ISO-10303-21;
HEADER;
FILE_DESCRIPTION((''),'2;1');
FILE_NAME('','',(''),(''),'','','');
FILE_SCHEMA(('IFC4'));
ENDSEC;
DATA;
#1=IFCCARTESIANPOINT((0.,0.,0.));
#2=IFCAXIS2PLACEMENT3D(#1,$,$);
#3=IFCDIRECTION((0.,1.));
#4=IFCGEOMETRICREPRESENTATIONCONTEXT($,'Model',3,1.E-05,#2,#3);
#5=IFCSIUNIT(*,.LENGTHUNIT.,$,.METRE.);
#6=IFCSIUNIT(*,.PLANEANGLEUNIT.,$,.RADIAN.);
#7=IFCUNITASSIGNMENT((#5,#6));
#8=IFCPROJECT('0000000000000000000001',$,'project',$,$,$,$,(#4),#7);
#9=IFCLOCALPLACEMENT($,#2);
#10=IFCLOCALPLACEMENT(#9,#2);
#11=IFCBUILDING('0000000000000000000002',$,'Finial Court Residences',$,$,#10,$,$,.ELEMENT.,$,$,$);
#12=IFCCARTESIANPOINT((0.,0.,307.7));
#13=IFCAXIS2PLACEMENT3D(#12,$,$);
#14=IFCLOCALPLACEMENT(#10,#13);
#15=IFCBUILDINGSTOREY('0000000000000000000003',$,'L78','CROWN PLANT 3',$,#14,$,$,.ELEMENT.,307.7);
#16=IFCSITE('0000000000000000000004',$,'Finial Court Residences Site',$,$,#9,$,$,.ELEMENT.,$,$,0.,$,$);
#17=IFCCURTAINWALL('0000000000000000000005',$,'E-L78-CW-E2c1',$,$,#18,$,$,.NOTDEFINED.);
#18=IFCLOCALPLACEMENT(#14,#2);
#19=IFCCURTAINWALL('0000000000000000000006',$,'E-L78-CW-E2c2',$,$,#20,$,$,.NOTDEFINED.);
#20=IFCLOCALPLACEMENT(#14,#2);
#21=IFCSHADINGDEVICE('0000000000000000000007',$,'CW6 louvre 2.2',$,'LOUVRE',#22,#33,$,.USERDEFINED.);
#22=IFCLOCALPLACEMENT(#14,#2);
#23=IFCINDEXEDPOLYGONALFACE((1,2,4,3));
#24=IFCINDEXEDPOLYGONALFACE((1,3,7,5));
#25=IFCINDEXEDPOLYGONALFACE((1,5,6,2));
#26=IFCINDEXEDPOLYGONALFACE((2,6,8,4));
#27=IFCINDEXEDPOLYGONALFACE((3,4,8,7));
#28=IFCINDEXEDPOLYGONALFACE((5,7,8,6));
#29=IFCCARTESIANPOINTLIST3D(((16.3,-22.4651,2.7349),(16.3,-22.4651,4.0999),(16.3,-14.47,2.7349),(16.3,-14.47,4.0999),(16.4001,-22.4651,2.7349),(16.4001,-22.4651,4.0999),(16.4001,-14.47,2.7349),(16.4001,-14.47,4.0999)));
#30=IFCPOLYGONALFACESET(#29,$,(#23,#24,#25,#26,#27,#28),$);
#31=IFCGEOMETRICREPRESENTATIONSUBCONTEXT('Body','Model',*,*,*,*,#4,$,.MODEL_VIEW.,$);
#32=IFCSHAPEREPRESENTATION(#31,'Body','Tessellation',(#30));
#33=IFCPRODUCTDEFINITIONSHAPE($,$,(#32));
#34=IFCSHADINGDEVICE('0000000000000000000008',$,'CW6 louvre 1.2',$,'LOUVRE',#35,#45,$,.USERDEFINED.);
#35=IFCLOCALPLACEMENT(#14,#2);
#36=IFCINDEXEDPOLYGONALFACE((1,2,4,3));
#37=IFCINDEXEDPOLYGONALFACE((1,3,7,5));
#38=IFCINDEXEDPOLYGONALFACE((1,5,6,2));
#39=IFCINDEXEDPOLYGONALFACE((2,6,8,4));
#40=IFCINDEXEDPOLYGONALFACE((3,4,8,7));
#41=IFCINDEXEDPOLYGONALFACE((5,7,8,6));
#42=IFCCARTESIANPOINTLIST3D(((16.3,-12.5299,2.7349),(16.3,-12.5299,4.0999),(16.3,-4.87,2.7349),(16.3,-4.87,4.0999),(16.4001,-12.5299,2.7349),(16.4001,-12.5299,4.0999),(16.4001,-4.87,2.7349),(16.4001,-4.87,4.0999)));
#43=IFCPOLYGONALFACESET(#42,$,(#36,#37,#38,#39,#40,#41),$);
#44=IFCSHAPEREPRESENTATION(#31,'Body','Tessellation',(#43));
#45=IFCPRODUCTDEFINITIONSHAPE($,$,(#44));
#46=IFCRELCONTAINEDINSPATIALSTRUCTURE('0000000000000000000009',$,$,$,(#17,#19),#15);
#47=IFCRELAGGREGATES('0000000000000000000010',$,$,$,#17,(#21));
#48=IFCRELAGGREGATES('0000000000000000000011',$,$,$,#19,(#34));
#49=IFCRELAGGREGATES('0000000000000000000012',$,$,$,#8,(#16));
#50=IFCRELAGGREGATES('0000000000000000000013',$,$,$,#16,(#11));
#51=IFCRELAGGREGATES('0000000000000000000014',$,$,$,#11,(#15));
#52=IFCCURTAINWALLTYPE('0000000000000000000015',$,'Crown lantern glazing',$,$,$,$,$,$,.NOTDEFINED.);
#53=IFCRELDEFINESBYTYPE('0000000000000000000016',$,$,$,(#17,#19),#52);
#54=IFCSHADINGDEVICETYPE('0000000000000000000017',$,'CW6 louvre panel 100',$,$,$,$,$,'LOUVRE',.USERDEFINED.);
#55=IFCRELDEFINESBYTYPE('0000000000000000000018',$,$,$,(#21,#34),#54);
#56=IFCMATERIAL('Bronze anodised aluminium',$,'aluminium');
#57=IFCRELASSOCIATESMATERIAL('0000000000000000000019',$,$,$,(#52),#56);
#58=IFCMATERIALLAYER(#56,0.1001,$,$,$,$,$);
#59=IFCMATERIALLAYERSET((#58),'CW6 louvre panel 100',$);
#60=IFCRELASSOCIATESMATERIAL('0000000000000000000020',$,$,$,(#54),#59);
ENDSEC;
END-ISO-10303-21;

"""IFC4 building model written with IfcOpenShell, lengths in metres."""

from ifc_helpers import new_model, si_unit, direction, frame, origin, origin_2d, place, context, subcontext, project, spatial, rectangle, extrude, material, layer, layer_set, type_object, element, aggregate, save


model = new_model("IFC4")

# Units and contexts
model_context = context("Model", 3, precision=1e-05, world=origin(), true_north=direction((0.0, 1.0)))
body_context = subcontext(model_context, "Body", "Model", "MODEL_VIEW")
ifc_project = project(units=[si_unit("LENGTHUNIT", "METRE"), si_unit("PLANEANGLEUNIT", "RADIAN")], contexts=[model_context])

# Site, building, storey
site_placement = place(None, origin())
site = spatial("IfcSite", under=ifc_project, at=site_placement, Name="Finial Court Residences Site", CompositionType="ELEMENT", RefElevation=0.0)
building_placement = place(site_placement, origin())
building = spatial("IfcBuilding", under=site, at=building_placement, Name="Finial Court Residences", CompositionType="ELEMENT")
storey_placement = place(building_placement, frame((0.0, 0.0, 307.7)))
storey = spatial("IfcBuildingStorey", under=building, at=storey_placement, Name="L78", Description="CROWN PLANT 3", CompositionType="ELEMENT", Elevation=307.7)

# Curtain wall
ifc_material_1 = material(Name="Bronze anodised aluminium", Category="aluminium")
curtain_wall_type = type_object("IfcCurtainWallType", Name="Crown lantern glazing", PredefinedType="NOTDEFINED", material=ifc_material_1)
curtain_wall_1_placement = place(storey_placement, origin())
curtain_wall_1 = element("IfcCurtainWall", 1, at=curtain_wall_1_placement, inside=storey, type_object=curtain_wall_type, Name="E-L78-CW-E2c1", PredefinedType="NOTDEFINED")

# Curtain wall
curtain_wall_2_placement = place(storey_placement, origin())
curtain_wall_2 = element("IfcCurtainWall", 2, at=curtain_wall_2_placement, inside=storey, type_object=curtain_wall_type, Name="E-L78-CW-E2c2", PredefinedType="NOTDEFINED")

# Shading devices
ifc_layer_1 = layer(ifc_material_1, 0.1001)
ifc_layer_set_1 = layer_set([ifc_layer_1], Name="CW6 louvre panel 100")
shading_device_type = type_object("IfcShadingDeviceType", Name="CW6 louvre panel 100", ElementType="LOUVRE", PredefinedType="USERDEFINED", material=ifc_layer_set_1)
shading_device_1_placement = place(storey_placement, frame((16.3501, -18.4675, 2.7349), z_axis=(0.0, 0.0, 1.0), x_axis=(0.0, 1.0, 0.0)))
shading_device_1 = element("IfcShadingDevice", 3, at=shading_device_1_placement, type_object=shading_device_type, Name="CW6 louvre 2.2", ObjectType="LOUVRE", PredefinedType="USERDEFINED", context=body_context, shape_type="SweptSolid", body=[
    extrude(rectangle(XDim=7.9951, YDim=0.1001, at=origin_2d()), origin(), (0.0, 0.0, 1.0), 1.365),
])
aggregate(curtain_wall_1, [shading_device_1])
shading_device_2_placement = place(storey_placement, frame((16.3501, -8.7, 2.7349), z_axis=(0.0, 0.0, 1.0), x_axis=(0.0, 1.0, 0.0)))
shading_device_2 = element("IfcShadingDevice", 4, at=shading_device_2_placement, type_object=shading_device_type, Name="CW6 louvre 1.2", ObjectType="LOUVRE", PredefinedType="USERDEFINED", context=body_context, shape_type="SweptSolid", body=[
    extrude(rectangle(XDim=7.6599, YDim=0.1001, at=origin_2d()), origin(), (0.0, 0.0, 1.0), 1.365),
])
aggregate(curtain_wall_2, [shading_device_2])

save(model, "model.ifc")
